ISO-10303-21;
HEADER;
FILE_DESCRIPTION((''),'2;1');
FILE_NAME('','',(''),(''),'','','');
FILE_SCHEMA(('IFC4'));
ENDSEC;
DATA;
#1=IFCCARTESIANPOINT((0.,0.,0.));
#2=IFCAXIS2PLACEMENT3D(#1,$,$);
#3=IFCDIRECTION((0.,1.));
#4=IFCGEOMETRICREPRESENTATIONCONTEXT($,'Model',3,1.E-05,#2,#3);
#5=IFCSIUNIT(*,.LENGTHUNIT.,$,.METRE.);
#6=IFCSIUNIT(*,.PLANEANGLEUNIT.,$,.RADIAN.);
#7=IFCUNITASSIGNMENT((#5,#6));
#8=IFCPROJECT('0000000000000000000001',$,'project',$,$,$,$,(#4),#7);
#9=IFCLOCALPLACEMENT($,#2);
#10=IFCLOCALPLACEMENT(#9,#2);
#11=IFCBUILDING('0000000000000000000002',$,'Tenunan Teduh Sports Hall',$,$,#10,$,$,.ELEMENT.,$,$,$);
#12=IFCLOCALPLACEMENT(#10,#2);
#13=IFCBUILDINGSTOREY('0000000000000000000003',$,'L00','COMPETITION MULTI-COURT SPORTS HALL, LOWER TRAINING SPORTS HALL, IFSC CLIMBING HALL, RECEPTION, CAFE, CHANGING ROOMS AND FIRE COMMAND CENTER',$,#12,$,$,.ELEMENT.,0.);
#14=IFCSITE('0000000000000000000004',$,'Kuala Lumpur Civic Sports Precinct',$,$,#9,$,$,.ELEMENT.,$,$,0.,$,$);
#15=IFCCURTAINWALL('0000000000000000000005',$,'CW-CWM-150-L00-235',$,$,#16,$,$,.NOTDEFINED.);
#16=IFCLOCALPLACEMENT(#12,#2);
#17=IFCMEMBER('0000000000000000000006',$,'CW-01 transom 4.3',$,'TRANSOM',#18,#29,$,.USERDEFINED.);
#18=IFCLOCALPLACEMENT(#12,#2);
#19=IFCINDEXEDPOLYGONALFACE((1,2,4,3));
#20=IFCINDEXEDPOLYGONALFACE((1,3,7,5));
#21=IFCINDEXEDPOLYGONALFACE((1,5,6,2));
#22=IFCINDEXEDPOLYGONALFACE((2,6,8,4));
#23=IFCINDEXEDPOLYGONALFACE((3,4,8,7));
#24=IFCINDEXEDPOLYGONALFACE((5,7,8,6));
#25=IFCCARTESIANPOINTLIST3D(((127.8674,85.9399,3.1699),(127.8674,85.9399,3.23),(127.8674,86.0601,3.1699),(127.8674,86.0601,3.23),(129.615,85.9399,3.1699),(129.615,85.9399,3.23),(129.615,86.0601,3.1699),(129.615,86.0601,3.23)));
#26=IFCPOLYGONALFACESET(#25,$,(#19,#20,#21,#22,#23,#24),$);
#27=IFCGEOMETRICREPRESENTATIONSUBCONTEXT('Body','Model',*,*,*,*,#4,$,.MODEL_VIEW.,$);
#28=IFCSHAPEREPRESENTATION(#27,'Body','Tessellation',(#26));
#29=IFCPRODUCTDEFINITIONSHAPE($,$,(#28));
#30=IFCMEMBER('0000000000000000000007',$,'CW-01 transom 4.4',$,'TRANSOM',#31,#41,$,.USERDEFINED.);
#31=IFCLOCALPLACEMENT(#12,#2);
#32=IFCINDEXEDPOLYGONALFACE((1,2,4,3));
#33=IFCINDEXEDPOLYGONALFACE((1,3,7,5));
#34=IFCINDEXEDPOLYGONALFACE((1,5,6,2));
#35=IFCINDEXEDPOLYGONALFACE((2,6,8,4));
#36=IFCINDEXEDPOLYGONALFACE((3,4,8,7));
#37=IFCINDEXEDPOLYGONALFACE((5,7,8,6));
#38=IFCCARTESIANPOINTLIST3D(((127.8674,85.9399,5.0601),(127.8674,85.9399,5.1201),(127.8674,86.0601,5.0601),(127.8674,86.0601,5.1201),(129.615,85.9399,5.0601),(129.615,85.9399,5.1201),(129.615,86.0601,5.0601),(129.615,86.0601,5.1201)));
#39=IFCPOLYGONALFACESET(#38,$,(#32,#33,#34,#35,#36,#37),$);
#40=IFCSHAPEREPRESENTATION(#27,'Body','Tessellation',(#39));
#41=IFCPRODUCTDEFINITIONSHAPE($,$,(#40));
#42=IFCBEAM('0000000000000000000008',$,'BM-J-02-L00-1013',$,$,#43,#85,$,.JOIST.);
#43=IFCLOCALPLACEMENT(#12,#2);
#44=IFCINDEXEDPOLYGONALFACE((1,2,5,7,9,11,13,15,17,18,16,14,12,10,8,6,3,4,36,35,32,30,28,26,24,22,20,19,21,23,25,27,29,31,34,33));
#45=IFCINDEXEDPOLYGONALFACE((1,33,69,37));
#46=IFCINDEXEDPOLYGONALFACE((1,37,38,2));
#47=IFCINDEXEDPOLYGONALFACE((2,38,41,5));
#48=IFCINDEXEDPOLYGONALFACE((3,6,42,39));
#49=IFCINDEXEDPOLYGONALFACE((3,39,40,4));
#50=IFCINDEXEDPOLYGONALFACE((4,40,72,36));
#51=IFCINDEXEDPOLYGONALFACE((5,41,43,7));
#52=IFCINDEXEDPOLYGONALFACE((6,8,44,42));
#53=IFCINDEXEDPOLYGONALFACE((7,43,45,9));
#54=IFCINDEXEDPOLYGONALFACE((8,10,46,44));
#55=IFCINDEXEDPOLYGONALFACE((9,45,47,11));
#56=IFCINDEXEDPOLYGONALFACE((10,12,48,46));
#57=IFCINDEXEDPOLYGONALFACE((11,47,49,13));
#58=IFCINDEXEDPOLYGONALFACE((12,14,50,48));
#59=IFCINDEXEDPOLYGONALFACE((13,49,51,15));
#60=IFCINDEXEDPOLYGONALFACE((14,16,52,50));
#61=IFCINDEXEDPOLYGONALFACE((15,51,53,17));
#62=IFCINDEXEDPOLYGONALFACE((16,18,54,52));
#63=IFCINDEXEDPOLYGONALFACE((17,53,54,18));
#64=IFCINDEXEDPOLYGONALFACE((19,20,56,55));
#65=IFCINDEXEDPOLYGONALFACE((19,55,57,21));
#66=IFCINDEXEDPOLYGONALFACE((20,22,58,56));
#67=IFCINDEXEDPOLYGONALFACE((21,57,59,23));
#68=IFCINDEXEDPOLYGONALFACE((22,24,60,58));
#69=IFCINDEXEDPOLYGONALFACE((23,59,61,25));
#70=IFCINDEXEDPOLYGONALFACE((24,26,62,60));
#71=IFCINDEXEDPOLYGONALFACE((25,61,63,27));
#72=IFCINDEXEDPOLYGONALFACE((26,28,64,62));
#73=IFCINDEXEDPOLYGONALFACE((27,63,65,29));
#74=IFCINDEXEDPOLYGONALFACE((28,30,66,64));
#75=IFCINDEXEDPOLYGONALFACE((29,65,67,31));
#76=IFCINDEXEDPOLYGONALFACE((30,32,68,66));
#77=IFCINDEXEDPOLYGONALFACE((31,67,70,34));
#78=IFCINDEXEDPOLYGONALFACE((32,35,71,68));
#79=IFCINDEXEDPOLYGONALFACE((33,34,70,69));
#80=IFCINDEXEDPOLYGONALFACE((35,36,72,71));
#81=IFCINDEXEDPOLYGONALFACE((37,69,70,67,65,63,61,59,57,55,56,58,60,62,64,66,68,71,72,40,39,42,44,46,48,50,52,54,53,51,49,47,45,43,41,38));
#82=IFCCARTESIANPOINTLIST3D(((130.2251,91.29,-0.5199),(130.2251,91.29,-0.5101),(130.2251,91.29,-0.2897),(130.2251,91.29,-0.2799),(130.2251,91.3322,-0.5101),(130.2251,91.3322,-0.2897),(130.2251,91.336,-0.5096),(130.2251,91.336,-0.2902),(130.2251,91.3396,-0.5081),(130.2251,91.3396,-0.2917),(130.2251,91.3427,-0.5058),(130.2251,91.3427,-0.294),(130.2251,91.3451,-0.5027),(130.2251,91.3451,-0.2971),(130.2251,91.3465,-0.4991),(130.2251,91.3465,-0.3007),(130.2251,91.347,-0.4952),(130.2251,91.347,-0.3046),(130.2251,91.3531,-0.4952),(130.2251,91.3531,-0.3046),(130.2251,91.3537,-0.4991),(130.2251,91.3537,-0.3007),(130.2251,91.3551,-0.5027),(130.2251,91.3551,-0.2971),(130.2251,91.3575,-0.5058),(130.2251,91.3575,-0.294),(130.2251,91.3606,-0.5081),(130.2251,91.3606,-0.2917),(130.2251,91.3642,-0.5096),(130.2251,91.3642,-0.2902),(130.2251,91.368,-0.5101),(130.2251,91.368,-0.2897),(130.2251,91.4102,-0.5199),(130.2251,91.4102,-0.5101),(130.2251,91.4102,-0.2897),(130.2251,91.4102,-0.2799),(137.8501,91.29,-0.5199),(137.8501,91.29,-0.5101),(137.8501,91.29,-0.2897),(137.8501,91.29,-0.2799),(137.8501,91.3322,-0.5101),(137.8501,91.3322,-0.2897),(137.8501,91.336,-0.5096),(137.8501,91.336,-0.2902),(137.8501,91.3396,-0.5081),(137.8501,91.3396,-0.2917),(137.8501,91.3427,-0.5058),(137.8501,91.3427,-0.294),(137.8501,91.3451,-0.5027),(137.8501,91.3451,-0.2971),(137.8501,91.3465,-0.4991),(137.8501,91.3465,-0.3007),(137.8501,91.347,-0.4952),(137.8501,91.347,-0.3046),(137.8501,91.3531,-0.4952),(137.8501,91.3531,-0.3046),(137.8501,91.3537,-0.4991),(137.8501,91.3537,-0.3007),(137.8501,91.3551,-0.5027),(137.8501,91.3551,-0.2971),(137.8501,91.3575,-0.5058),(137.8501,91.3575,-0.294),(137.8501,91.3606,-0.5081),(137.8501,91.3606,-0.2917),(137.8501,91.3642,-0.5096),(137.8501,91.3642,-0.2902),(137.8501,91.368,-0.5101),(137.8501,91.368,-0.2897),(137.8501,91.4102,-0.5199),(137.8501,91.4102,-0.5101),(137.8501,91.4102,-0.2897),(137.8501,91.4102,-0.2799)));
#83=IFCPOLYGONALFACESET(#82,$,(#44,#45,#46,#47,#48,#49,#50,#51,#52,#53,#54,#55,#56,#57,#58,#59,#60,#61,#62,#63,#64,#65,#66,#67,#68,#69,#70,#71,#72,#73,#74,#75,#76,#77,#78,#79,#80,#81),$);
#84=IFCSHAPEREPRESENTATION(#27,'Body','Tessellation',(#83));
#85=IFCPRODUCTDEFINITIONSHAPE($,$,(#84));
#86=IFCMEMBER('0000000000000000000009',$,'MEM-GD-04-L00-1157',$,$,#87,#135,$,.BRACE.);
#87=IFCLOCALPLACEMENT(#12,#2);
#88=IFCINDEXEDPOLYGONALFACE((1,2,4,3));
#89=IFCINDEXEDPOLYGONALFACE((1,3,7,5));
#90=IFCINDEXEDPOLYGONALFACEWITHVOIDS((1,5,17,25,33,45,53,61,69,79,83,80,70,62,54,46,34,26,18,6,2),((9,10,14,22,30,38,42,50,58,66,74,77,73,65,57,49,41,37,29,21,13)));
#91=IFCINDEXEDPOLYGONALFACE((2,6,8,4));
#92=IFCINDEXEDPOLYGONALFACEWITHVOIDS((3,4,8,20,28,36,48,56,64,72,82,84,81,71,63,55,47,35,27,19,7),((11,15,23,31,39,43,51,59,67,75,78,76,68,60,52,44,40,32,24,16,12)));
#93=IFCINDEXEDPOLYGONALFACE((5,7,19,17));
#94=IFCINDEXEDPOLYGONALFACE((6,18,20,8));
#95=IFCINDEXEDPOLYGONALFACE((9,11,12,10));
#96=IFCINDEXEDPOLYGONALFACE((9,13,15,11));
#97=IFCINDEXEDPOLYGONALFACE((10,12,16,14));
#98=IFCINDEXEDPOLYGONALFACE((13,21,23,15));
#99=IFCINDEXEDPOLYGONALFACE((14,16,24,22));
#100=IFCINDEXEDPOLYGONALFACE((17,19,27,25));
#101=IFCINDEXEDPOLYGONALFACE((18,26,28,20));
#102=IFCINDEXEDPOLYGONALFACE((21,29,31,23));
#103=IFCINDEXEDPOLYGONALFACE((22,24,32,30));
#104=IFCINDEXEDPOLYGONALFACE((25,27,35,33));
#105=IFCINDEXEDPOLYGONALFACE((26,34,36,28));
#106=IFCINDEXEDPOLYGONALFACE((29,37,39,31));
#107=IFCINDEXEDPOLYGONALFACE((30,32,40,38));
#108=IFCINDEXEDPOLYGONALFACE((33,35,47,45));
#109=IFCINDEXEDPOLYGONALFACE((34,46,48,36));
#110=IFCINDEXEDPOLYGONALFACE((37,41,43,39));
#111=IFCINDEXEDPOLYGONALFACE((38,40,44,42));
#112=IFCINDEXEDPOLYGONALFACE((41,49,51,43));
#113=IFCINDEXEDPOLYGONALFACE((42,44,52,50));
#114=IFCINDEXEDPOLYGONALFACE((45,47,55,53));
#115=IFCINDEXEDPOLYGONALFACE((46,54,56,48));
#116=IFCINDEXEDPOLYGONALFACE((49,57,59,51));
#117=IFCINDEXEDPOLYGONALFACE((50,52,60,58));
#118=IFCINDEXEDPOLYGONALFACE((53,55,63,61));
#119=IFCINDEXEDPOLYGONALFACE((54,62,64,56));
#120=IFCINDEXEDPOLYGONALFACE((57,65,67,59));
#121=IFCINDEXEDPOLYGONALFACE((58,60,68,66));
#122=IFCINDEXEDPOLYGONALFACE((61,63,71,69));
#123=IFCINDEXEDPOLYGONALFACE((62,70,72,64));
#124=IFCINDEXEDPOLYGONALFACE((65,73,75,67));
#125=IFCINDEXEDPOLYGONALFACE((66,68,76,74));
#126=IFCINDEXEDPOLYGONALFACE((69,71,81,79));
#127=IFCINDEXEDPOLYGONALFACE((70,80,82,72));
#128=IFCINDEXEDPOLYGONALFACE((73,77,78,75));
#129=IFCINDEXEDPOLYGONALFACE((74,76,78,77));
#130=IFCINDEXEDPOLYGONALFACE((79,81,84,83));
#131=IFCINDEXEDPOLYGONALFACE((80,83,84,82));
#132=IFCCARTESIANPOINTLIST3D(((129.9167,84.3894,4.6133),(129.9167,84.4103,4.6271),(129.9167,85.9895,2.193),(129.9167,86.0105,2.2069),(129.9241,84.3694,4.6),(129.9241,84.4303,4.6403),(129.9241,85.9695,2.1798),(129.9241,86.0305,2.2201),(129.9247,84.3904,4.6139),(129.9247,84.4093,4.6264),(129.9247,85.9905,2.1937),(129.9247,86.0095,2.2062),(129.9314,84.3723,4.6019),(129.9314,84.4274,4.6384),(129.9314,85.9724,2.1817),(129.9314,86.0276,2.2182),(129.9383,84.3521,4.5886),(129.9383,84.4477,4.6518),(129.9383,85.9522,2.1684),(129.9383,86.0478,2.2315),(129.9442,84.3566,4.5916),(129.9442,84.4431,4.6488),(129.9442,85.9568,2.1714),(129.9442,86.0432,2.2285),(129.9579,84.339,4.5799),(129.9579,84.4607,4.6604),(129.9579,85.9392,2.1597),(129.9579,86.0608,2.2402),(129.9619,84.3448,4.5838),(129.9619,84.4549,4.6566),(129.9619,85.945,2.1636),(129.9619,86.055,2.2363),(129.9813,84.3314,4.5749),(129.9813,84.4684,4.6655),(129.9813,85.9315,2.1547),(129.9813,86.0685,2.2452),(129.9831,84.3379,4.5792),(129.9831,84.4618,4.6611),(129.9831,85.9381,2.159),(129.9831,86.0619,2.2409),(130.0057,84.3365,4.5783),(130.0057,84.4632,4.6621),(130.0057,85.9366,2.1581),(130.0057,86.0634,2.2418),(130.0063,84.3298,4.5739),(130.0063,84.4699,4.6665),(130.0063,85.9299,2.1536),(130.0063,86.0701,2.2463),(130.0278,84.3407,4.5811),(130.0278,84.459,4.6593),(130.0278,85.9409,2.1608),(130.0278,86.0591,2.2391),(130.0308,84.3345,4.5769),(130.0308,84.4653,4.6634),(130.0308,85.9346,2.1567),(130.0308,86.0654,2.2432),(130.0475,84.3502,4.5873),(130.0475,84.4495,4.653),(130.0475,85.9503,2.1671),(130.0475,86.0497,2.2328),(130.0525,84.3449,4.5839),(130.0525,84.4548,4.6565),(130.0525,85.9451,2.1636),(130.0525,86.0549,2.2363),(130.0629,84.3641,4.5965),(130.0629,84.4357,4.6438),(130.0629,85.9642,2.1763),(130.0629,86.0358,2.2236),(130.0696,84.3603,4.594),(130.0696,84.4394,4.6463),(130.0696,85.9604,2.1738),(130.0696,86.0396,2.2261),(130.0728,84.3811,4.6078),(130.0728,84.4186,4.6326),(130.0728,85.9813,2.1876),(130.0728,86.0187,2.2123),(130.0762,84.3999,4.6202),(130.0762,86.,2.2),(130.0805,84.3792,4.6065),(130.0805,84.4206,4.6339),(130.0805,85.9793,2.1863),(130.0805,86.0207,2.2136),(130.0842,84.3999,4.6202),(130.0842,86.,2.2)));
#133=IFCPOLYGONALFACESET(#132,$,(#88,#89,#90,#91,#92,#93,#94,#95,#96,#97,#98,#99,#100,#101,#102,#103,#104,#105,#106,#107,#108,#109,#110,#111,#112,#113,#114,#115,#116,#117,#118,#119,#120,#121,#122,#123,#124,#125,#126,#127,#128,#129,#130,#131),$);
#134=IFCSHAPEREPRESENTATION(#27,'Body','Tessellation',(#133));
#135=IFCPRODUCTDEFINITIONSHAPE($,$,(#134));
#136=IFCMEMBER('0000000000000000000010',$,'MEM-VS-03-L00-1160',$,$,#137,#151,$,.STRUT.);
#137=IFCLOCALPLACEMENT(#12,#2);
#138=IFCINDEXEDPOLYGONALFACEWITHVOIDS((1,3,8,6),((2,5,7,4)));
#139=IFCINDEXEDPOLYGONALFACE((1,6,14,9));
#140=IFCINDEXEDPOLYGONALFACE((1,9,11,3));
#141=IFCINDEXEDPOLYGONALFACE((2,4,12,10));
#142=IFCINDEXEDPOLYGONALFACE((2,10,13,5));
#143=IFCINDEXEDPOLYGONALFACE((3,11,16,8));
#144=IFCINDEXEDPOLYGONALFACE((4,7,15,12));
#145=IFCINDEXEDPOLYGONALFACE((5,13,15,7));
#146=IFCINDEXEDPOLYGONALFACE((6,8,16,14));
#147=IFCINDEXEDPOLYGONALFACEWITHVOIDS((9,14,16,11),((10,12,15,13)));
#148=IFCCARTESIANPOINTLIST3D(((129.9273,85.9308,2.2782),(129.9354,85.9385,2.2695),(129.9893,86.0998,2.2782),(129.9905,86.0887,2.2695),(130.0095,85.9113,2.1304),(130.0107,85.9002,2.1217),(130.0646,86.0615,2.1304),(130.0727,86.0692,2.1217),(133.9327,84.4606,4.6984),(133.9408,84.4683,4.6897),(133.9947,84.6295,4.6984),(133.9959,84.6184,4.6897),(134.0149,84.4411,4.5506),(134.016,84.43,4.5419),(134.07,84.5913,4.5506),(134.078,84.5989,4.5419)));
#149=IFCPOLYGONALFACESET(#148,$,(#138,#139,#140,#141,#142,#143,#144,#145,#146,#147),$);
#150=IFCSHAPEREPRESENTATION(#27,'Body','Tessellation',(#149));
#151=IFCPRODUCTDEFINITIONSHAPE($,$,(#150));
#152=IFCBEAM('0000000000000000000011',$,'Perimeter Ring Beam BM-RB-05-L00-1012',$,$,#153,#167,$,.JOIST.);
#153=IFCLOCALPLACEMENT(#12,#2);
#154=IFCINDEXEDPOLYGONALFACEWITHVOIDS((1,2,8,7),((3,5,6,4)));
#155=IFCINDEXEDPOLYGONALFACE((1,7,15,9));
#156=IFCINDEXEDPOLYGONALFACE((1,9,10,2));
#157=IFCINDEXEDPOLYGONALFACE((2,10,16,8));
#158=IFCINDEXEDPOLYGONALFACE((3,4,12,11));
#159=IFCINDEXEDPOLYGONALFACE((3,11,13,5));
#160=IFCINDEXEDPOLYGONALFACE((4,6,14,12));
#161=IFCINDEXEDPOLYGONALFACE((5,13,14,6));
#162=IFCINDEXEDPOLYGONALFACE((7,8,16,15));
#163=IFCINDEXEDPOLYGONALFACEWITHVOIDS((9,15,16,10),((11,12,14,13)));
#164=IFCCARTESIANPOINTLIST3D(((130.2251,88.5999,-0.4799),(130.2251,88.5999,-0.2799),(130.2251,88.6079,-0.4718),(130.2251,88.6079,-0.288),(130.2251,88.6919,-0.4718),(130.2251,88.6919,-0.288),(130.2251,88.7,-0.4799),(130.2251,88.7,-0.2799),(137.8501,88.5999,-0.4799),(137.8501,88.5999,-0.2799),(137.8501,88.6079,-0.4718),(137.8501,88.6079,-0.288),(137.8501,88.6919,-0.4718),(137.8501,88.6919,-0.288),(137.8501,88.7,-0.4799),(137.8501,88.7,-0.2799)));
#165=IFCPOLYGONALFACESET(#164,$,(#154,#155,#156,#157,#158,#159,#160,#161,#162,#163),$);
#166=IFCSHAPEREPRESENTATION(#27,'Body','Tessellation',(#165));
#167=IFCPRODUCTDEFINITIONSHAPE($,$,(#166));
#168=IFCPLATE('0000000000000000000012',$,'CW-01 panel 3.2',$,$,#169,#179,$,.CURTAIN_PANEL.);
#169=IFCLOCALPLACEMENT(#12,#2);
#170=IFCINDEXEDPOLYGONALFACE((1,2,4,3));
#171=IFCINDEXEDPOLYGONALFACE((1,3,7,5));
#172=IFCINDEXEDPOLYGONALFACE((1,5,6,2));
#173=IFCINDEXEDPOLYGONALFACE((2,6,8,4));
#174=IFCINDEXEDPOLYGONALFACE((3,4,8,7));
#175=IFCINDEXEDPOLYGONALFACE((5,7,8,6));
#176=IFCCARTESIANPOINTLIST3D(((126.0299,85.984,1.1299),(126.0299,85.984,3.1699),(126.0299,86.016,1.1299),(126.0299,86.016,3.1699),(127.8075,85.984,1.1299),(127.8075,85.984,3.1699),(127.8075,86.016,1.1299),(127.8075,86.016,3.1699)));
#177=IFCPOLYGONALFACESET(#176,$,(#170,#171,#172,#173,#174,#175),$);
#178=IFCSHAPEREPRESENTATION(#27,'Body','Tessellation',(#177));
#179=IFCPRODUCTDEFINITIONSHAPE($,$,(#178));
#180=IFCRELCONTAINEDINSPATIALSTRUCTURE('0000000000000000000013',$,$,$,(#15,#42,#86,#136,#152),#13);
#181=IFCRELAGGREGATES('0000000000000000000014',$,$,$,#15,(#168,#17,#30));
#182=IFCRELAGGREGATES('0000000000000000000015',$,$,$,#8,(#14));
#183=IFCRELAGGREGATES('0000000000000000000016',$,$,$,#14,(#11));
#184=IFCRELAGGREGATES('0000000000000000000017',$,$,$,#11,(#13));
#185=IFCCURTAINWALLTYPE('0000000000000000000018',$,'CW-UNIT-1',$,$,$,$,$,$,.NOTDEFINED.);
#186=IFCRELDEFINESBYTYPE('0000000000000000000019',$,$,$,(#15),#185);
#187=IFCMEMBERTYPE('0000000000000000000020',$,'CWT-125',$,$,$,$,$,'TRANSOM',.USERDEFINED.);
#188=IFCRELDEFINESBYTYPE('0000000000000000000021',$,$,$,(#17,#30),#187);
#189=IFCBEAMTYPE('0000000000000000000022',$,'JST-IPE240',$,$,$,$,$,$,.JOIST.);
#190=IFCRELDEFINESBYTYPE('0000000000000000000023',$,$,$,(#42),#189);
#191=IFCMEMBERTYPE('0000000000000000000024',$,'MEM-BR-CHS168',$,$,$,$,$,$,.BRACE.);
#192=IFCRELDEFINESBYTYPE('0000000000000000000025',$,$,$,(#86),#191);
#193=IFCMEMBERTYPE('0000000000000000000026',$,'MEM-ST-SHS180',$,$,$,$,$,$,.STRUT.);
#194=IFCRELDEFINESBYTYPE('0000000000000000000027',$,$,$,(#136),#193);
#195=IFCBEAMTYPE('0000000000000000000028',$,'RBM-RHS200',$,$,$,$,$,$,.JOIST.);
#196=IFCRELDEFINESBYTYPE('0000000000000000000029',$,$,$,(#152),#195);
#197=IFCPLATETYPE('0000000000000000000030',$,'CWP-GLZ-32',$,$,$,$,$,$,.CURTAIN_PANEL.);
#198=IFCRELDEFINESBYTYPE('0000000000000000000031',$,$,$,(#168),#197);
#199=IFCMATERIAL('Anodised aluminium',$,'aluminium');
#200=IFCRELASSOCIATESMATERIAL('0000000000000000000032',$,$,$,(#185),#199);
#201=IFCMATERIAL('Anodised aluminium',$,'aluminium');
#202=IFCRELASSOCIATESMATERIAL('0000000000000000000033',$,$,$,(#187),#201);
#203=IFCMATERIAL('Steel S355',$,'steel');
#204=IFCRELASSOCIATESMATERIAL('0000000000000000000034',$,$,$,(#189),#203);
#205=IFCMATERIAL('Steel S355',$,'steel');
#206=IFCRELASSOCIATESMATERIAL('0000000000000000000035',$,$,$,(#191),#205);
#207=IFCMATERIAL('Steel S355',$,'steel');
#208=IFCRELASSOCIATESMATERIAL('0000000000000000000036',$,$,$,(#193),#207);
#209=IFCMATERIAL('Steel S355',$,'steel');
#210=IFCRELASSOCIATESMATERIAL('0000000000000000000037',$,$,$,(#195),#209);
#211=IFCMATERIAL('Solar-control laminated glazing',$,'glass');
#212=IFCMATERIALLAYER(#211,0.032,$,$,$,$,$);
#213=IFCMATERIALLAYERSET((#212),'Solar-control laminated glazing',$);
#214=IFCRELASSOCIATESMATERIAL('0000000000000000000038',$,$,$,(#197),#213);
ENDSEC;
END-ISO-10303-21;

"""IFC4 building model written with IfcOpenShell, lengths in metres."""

from ifc_helpers import new_model, si_unit, direction, frame, origin, origin_2d, place, context, subcontext, project, spatial, rectangle, hollow_rectangle, hollow_circle, i_section, extrude, material, layer, layer_set, material_profile, profile_set, type_object, element, aggregate, save


model = new_model("IFC4")

# Units and contexts
model_context = context("Model", 3, precision=1e-05, world=origin(), true_north=direction((0.0, 1.0)))
body_context = subcontext(model_context, "Body", "Model", "MODEL_VIEW")
ifc_project = project(units=[si_unit("LENGTHUNIT", "METRE"), si_unit("PLANEANGLEUNIT", "RADIAN")], contexts=[model_context])

# Site, building, storey
site_placement = place(None, origin())
site = spatial("IfcSite", under=ifc_project, at=site_placement, Name="Kuala Lumpur Civic Sports Precinct", CompositionType="ELEMENT", RefElevation=0.0)
building_placement = place(site_placement, origin())
building = spatial("IfcBuilding", under=site, at=building_placement, Name="Tenunan Teduh Sports Hall", CompositionType="ELEMENT")
storey_placement = place(building_placement, origin())
storey = spatial("IfcBuildingStorey", under=building, at=storey_placement, Name="L00", Description="COMPETITION MULTI-COURT SPORTS HALL, LOWER TRAINING SPORTS HALL, IFSC CLIMBING HALL, RECEPTION, CAFE, CHANGING ROOMS AND FIRE COMMAND CENTER", CompositionType="ELEMENT", Elevation=0.0)

# Curtain wall, members
ifc_material_1 = material(Name="Anodised aluminium", Category="aluminium")
curtain_wall_type = type_object("IfcCurtainWallType", Name="CW-UNIT-1", PredefinedType="NOTDEFINED", material=ifc_material_1)
curtain_wall_placement = place(storey_placement, origin())
curtain_wall = element("IfcCurtainWall", 1, at=curtain_wall_placement, inside=storey, type_object=curtain_wall_type, Name="CW-CWM-150-L00-235", PredefinedType="NOTDEFINED")
ifc_material_2 = material(Name="Anodised aluminium", Category="aluminium")
ifc_material_profile_1 = material_profile(ifc_material_2, rectangle(XDim=0.0601, YDim=0.1201, at=origin_2d()), Name="CWT 60x120")
ifc_profile_set_1 = profile_set([ifc_material_profile_1], Name="Anodised aluminium")
member_type_1 = type_object("IfcMemberType", Name="CWT-125", ElementType="TRANSOM", PredefinedType="USERDEFINED", material=ifc_profile_set_1)
member_1_placement = place(storey_placement, frame((127.8674, 86.0, 3.2), z_axis=(1.0, 0.0, 0.0), x_axis=(0.0, 0.0, 1.0)))
member_1 = element("IfcMember", 2, at=member_1_placement, type_object=member_type_1, Name="CW-01 transom 4.3", ObjectType="TRANSOM", PredefinedType="USERDEFINED", context=body_context, shape_type="SweptSolid", body=[
    extrude(rectangle(XDim=0.0601, YDim=0.1201, at=origin_2d()), origin(), (0.0, 0.0, 1.0), 1.7476),
])
member_2_placement = place(storey_placement, frame((127.8674, 86.0, 5.0901), z_axis=(1.0, 0.0, 0.0), x_axis=(0.0, 0.0, 1.0)))
member_2 = element("IfcMember", 3, at=member_2_placement, type_object=member_type_1, Name="CW-01 transom 4.4", ObjectType="TRANSOM", PredefinedType="USERDEFINED", context=body_context, shape_type="SweptSolid", body=[
    extrude(rectangle(XDim=0.0601, YDim=0.1201, at=origin_2d()), origin(), (0.0, 0.0, 1.0), 1.7476),
])

# Beam
ifc_material_3 = material(Name="Steel S355", Category="steel")
ifc_material_profile_2 = material_profile(ifc_material_3, i_section(OverallWidth=0.1201, OverallDepth=0.24, WebThickness=0.0061, FlangeThickness=0.0098, FilletRadius=0.0149, at=origin_2d()), Name="IPE 240")
ifc_profile_set_2 = profile_set([ifc_material_profile_2], Name="Steel S355")
beam_type_1 = type_object("IfcBeamType", Name="JST-IPE240", PredefinedType="JOIST", material=ifc_profile_set_2)
beam_1_placement = place(storey_placement, frame((130.2251, 91.3501, -0.3999), z_axis=(1.0, 0.0, 0.0), x_axis=(0.0, 1.0, 0.0)))
element("IfcBeam", 4, at=beam_1_placement, inside=storey, type_object=beam_type_1, Name="BM-J-02-L00-1013", PredefinedType="JOIST", context=body_context, shape_type="SweptSolid", body=[
    extrude(i_section(OverallWidth=0.1201, OverallDepth=0.24, WebThickness=0.0061, FlangeThickness=0.0098, FilletRadius=0.0149, at=origin_2d()), origin(), (0.0, 0.0, 1.0), 7.625),
])

# Members
ifc_material_4 = material(Name="Steel S355", Category="steel")
ifc_material_profile_3 = material_profile(ifc_material_4, hollow_circle(Radius=0.0842, WallThickness=0.0081, at=origin_2d()), Name="CHS 168.3x8.0")
ifc_profile_set_3 = profile_set([ifc_material_profile_3], Name="Steel S355")
member_type_2 = type_object("IfcMemberType", Name="MEM-BR-CHS168", PredefinedType="BRACE", material=ifc_profile_set_3)
member_3_placement = place(storey_placement, frame((130.0, 86.0, 2.2), z_axis=(0.0, -0.551511, 0.834167), x_axis=(1.0, 0.0, 0.0)))
element("IfcMember", 5, at=member_3_placement, inside=storey, type_object=member_type_2, Name="MEM-GD-04-L00-1157", PredefinedType="BRACE", context=body_context, shape_type="SweptSolid", body=[
    extrude(hollow_circle(Radius=0.0842, WallThickness=0.0081, at=origin_2d()), origin(), (0.0, 0.0, 1.0), 2.9014),
])
ifc_material_5 = material(Name="Steel S355", Category="steel")
ifc_material_profile_4 = material_profile(ifc_material_5, hollow_rectangle(XDim=0.1799, YDim=0.1799, WallThickness=0.01, at=origin_2d()), Name="SHS 180x180x10.0")
ifc_profile_set_4 = profile_set([ifc_material_profile_4], Name="Steel S355")
member_type_3 = type_object("IfcMemberType", Name="MEM-ST-SHS180", PredefinedType="STRUT", material=ifc_profile_set_4)
member_4_placement = place(storey_placement, frame((130.0, 86.0, 2.2), z_axis=(0.816543, -0.299721, 0.49338), x_axis=(0.344581, 0.938757, 0.0)))
element("IfcMember", 6, at=member_4_placement, inside=storey, type_object=member_type_3, Name="MEM-VS-03-L00-1160", PredefinedType="STRUT", context=body_context, shape_type="SweptSolid", body=[
    extrude(hollow_rectangle(XDim=0.1799, YDim=0.1799, WallThickness=0.01, at=origin_2d()), origin(), (0.0, 0.0, 1.0), 4.9053),
])

# Beam
ifc_material_6 = material(Name="Steel S355", Category="steel")
ifc_material_profile_5 = material_profile(ifc_material_6, hollow_rectangle(XDim=0.1001, YDim=0.2, WallThickness=0.0081, at=origin_2d()), Name="RHS 200x100x8.0")
ifc_profile_set_5 = profile_set([ifc_material_profile_5], Name="Steel S355")
beam_type_2 = type_object("IfcBeamType", Name="RBM-RHS200", PredefinedType="JOIST", material=ifc_profile_set_5)
beam_2_placement = place(storey_placement, frame((130.2251, 88.6499, -0.3799), z_axis=(1.0, 0.0, 0.0), x_axis=(0.0, 1.0, 0.0)))
element("IfcBeam", 7, at=beam_2_placement, inside=storey, type_object=beam_type_2, Name="Perimeter Ring Beam BM-RB-05-L00-1012", PredefinedType="JOIST", context=body_context, shape_type="SweptSolid", body=[
    extrude(hollow_rectangle(XDim=0.1001, YDim=0.2, WallThickness=0.0081, at=origin_2d()), origin(), (0.0, 0.0, 1.0), 7.625),
])

# Plate
ifc_material_7 = material(Name="Solar-control laminated glazing", Category="glass")
ifc_layer_1 = layer(ifc_material_7, 0.032)
ifc_layer_set_1 = layer_set([ifc_layer_1], Name="Solar-control laminated glazing")
plate_type_1 = type_object("IfcPlateType", Name="CWP-GLZ-32", PredefinedType="CURTAIN_PANEL", material=ifc_layer_set_1)
plate_1_placement = place(storey_placement, frame((126.9187, 86.0, 1.1299), z_axis=(0.0, 0.0, 1.0), x_axis=(1.0, 0.0, 0.0)))
plate_1 = element("IfcPlate", 8, at=plate_1_placement, type_object=plate_type_1, Name="CW-01 panel 3.2", PredefinedType="CURTAIN_PANEL", context=body_context, shape_type="SweptSolid", body=[
    extrude(rectangle(XDim=1.7776, YDim=0.032, at=origin_2d()), origin(), (0.0, 0.0, 1.0), 2.04),
])
aggregate(curtain_wall, [plate_1, member_1, member_2])

save(model, "model.ifc")
